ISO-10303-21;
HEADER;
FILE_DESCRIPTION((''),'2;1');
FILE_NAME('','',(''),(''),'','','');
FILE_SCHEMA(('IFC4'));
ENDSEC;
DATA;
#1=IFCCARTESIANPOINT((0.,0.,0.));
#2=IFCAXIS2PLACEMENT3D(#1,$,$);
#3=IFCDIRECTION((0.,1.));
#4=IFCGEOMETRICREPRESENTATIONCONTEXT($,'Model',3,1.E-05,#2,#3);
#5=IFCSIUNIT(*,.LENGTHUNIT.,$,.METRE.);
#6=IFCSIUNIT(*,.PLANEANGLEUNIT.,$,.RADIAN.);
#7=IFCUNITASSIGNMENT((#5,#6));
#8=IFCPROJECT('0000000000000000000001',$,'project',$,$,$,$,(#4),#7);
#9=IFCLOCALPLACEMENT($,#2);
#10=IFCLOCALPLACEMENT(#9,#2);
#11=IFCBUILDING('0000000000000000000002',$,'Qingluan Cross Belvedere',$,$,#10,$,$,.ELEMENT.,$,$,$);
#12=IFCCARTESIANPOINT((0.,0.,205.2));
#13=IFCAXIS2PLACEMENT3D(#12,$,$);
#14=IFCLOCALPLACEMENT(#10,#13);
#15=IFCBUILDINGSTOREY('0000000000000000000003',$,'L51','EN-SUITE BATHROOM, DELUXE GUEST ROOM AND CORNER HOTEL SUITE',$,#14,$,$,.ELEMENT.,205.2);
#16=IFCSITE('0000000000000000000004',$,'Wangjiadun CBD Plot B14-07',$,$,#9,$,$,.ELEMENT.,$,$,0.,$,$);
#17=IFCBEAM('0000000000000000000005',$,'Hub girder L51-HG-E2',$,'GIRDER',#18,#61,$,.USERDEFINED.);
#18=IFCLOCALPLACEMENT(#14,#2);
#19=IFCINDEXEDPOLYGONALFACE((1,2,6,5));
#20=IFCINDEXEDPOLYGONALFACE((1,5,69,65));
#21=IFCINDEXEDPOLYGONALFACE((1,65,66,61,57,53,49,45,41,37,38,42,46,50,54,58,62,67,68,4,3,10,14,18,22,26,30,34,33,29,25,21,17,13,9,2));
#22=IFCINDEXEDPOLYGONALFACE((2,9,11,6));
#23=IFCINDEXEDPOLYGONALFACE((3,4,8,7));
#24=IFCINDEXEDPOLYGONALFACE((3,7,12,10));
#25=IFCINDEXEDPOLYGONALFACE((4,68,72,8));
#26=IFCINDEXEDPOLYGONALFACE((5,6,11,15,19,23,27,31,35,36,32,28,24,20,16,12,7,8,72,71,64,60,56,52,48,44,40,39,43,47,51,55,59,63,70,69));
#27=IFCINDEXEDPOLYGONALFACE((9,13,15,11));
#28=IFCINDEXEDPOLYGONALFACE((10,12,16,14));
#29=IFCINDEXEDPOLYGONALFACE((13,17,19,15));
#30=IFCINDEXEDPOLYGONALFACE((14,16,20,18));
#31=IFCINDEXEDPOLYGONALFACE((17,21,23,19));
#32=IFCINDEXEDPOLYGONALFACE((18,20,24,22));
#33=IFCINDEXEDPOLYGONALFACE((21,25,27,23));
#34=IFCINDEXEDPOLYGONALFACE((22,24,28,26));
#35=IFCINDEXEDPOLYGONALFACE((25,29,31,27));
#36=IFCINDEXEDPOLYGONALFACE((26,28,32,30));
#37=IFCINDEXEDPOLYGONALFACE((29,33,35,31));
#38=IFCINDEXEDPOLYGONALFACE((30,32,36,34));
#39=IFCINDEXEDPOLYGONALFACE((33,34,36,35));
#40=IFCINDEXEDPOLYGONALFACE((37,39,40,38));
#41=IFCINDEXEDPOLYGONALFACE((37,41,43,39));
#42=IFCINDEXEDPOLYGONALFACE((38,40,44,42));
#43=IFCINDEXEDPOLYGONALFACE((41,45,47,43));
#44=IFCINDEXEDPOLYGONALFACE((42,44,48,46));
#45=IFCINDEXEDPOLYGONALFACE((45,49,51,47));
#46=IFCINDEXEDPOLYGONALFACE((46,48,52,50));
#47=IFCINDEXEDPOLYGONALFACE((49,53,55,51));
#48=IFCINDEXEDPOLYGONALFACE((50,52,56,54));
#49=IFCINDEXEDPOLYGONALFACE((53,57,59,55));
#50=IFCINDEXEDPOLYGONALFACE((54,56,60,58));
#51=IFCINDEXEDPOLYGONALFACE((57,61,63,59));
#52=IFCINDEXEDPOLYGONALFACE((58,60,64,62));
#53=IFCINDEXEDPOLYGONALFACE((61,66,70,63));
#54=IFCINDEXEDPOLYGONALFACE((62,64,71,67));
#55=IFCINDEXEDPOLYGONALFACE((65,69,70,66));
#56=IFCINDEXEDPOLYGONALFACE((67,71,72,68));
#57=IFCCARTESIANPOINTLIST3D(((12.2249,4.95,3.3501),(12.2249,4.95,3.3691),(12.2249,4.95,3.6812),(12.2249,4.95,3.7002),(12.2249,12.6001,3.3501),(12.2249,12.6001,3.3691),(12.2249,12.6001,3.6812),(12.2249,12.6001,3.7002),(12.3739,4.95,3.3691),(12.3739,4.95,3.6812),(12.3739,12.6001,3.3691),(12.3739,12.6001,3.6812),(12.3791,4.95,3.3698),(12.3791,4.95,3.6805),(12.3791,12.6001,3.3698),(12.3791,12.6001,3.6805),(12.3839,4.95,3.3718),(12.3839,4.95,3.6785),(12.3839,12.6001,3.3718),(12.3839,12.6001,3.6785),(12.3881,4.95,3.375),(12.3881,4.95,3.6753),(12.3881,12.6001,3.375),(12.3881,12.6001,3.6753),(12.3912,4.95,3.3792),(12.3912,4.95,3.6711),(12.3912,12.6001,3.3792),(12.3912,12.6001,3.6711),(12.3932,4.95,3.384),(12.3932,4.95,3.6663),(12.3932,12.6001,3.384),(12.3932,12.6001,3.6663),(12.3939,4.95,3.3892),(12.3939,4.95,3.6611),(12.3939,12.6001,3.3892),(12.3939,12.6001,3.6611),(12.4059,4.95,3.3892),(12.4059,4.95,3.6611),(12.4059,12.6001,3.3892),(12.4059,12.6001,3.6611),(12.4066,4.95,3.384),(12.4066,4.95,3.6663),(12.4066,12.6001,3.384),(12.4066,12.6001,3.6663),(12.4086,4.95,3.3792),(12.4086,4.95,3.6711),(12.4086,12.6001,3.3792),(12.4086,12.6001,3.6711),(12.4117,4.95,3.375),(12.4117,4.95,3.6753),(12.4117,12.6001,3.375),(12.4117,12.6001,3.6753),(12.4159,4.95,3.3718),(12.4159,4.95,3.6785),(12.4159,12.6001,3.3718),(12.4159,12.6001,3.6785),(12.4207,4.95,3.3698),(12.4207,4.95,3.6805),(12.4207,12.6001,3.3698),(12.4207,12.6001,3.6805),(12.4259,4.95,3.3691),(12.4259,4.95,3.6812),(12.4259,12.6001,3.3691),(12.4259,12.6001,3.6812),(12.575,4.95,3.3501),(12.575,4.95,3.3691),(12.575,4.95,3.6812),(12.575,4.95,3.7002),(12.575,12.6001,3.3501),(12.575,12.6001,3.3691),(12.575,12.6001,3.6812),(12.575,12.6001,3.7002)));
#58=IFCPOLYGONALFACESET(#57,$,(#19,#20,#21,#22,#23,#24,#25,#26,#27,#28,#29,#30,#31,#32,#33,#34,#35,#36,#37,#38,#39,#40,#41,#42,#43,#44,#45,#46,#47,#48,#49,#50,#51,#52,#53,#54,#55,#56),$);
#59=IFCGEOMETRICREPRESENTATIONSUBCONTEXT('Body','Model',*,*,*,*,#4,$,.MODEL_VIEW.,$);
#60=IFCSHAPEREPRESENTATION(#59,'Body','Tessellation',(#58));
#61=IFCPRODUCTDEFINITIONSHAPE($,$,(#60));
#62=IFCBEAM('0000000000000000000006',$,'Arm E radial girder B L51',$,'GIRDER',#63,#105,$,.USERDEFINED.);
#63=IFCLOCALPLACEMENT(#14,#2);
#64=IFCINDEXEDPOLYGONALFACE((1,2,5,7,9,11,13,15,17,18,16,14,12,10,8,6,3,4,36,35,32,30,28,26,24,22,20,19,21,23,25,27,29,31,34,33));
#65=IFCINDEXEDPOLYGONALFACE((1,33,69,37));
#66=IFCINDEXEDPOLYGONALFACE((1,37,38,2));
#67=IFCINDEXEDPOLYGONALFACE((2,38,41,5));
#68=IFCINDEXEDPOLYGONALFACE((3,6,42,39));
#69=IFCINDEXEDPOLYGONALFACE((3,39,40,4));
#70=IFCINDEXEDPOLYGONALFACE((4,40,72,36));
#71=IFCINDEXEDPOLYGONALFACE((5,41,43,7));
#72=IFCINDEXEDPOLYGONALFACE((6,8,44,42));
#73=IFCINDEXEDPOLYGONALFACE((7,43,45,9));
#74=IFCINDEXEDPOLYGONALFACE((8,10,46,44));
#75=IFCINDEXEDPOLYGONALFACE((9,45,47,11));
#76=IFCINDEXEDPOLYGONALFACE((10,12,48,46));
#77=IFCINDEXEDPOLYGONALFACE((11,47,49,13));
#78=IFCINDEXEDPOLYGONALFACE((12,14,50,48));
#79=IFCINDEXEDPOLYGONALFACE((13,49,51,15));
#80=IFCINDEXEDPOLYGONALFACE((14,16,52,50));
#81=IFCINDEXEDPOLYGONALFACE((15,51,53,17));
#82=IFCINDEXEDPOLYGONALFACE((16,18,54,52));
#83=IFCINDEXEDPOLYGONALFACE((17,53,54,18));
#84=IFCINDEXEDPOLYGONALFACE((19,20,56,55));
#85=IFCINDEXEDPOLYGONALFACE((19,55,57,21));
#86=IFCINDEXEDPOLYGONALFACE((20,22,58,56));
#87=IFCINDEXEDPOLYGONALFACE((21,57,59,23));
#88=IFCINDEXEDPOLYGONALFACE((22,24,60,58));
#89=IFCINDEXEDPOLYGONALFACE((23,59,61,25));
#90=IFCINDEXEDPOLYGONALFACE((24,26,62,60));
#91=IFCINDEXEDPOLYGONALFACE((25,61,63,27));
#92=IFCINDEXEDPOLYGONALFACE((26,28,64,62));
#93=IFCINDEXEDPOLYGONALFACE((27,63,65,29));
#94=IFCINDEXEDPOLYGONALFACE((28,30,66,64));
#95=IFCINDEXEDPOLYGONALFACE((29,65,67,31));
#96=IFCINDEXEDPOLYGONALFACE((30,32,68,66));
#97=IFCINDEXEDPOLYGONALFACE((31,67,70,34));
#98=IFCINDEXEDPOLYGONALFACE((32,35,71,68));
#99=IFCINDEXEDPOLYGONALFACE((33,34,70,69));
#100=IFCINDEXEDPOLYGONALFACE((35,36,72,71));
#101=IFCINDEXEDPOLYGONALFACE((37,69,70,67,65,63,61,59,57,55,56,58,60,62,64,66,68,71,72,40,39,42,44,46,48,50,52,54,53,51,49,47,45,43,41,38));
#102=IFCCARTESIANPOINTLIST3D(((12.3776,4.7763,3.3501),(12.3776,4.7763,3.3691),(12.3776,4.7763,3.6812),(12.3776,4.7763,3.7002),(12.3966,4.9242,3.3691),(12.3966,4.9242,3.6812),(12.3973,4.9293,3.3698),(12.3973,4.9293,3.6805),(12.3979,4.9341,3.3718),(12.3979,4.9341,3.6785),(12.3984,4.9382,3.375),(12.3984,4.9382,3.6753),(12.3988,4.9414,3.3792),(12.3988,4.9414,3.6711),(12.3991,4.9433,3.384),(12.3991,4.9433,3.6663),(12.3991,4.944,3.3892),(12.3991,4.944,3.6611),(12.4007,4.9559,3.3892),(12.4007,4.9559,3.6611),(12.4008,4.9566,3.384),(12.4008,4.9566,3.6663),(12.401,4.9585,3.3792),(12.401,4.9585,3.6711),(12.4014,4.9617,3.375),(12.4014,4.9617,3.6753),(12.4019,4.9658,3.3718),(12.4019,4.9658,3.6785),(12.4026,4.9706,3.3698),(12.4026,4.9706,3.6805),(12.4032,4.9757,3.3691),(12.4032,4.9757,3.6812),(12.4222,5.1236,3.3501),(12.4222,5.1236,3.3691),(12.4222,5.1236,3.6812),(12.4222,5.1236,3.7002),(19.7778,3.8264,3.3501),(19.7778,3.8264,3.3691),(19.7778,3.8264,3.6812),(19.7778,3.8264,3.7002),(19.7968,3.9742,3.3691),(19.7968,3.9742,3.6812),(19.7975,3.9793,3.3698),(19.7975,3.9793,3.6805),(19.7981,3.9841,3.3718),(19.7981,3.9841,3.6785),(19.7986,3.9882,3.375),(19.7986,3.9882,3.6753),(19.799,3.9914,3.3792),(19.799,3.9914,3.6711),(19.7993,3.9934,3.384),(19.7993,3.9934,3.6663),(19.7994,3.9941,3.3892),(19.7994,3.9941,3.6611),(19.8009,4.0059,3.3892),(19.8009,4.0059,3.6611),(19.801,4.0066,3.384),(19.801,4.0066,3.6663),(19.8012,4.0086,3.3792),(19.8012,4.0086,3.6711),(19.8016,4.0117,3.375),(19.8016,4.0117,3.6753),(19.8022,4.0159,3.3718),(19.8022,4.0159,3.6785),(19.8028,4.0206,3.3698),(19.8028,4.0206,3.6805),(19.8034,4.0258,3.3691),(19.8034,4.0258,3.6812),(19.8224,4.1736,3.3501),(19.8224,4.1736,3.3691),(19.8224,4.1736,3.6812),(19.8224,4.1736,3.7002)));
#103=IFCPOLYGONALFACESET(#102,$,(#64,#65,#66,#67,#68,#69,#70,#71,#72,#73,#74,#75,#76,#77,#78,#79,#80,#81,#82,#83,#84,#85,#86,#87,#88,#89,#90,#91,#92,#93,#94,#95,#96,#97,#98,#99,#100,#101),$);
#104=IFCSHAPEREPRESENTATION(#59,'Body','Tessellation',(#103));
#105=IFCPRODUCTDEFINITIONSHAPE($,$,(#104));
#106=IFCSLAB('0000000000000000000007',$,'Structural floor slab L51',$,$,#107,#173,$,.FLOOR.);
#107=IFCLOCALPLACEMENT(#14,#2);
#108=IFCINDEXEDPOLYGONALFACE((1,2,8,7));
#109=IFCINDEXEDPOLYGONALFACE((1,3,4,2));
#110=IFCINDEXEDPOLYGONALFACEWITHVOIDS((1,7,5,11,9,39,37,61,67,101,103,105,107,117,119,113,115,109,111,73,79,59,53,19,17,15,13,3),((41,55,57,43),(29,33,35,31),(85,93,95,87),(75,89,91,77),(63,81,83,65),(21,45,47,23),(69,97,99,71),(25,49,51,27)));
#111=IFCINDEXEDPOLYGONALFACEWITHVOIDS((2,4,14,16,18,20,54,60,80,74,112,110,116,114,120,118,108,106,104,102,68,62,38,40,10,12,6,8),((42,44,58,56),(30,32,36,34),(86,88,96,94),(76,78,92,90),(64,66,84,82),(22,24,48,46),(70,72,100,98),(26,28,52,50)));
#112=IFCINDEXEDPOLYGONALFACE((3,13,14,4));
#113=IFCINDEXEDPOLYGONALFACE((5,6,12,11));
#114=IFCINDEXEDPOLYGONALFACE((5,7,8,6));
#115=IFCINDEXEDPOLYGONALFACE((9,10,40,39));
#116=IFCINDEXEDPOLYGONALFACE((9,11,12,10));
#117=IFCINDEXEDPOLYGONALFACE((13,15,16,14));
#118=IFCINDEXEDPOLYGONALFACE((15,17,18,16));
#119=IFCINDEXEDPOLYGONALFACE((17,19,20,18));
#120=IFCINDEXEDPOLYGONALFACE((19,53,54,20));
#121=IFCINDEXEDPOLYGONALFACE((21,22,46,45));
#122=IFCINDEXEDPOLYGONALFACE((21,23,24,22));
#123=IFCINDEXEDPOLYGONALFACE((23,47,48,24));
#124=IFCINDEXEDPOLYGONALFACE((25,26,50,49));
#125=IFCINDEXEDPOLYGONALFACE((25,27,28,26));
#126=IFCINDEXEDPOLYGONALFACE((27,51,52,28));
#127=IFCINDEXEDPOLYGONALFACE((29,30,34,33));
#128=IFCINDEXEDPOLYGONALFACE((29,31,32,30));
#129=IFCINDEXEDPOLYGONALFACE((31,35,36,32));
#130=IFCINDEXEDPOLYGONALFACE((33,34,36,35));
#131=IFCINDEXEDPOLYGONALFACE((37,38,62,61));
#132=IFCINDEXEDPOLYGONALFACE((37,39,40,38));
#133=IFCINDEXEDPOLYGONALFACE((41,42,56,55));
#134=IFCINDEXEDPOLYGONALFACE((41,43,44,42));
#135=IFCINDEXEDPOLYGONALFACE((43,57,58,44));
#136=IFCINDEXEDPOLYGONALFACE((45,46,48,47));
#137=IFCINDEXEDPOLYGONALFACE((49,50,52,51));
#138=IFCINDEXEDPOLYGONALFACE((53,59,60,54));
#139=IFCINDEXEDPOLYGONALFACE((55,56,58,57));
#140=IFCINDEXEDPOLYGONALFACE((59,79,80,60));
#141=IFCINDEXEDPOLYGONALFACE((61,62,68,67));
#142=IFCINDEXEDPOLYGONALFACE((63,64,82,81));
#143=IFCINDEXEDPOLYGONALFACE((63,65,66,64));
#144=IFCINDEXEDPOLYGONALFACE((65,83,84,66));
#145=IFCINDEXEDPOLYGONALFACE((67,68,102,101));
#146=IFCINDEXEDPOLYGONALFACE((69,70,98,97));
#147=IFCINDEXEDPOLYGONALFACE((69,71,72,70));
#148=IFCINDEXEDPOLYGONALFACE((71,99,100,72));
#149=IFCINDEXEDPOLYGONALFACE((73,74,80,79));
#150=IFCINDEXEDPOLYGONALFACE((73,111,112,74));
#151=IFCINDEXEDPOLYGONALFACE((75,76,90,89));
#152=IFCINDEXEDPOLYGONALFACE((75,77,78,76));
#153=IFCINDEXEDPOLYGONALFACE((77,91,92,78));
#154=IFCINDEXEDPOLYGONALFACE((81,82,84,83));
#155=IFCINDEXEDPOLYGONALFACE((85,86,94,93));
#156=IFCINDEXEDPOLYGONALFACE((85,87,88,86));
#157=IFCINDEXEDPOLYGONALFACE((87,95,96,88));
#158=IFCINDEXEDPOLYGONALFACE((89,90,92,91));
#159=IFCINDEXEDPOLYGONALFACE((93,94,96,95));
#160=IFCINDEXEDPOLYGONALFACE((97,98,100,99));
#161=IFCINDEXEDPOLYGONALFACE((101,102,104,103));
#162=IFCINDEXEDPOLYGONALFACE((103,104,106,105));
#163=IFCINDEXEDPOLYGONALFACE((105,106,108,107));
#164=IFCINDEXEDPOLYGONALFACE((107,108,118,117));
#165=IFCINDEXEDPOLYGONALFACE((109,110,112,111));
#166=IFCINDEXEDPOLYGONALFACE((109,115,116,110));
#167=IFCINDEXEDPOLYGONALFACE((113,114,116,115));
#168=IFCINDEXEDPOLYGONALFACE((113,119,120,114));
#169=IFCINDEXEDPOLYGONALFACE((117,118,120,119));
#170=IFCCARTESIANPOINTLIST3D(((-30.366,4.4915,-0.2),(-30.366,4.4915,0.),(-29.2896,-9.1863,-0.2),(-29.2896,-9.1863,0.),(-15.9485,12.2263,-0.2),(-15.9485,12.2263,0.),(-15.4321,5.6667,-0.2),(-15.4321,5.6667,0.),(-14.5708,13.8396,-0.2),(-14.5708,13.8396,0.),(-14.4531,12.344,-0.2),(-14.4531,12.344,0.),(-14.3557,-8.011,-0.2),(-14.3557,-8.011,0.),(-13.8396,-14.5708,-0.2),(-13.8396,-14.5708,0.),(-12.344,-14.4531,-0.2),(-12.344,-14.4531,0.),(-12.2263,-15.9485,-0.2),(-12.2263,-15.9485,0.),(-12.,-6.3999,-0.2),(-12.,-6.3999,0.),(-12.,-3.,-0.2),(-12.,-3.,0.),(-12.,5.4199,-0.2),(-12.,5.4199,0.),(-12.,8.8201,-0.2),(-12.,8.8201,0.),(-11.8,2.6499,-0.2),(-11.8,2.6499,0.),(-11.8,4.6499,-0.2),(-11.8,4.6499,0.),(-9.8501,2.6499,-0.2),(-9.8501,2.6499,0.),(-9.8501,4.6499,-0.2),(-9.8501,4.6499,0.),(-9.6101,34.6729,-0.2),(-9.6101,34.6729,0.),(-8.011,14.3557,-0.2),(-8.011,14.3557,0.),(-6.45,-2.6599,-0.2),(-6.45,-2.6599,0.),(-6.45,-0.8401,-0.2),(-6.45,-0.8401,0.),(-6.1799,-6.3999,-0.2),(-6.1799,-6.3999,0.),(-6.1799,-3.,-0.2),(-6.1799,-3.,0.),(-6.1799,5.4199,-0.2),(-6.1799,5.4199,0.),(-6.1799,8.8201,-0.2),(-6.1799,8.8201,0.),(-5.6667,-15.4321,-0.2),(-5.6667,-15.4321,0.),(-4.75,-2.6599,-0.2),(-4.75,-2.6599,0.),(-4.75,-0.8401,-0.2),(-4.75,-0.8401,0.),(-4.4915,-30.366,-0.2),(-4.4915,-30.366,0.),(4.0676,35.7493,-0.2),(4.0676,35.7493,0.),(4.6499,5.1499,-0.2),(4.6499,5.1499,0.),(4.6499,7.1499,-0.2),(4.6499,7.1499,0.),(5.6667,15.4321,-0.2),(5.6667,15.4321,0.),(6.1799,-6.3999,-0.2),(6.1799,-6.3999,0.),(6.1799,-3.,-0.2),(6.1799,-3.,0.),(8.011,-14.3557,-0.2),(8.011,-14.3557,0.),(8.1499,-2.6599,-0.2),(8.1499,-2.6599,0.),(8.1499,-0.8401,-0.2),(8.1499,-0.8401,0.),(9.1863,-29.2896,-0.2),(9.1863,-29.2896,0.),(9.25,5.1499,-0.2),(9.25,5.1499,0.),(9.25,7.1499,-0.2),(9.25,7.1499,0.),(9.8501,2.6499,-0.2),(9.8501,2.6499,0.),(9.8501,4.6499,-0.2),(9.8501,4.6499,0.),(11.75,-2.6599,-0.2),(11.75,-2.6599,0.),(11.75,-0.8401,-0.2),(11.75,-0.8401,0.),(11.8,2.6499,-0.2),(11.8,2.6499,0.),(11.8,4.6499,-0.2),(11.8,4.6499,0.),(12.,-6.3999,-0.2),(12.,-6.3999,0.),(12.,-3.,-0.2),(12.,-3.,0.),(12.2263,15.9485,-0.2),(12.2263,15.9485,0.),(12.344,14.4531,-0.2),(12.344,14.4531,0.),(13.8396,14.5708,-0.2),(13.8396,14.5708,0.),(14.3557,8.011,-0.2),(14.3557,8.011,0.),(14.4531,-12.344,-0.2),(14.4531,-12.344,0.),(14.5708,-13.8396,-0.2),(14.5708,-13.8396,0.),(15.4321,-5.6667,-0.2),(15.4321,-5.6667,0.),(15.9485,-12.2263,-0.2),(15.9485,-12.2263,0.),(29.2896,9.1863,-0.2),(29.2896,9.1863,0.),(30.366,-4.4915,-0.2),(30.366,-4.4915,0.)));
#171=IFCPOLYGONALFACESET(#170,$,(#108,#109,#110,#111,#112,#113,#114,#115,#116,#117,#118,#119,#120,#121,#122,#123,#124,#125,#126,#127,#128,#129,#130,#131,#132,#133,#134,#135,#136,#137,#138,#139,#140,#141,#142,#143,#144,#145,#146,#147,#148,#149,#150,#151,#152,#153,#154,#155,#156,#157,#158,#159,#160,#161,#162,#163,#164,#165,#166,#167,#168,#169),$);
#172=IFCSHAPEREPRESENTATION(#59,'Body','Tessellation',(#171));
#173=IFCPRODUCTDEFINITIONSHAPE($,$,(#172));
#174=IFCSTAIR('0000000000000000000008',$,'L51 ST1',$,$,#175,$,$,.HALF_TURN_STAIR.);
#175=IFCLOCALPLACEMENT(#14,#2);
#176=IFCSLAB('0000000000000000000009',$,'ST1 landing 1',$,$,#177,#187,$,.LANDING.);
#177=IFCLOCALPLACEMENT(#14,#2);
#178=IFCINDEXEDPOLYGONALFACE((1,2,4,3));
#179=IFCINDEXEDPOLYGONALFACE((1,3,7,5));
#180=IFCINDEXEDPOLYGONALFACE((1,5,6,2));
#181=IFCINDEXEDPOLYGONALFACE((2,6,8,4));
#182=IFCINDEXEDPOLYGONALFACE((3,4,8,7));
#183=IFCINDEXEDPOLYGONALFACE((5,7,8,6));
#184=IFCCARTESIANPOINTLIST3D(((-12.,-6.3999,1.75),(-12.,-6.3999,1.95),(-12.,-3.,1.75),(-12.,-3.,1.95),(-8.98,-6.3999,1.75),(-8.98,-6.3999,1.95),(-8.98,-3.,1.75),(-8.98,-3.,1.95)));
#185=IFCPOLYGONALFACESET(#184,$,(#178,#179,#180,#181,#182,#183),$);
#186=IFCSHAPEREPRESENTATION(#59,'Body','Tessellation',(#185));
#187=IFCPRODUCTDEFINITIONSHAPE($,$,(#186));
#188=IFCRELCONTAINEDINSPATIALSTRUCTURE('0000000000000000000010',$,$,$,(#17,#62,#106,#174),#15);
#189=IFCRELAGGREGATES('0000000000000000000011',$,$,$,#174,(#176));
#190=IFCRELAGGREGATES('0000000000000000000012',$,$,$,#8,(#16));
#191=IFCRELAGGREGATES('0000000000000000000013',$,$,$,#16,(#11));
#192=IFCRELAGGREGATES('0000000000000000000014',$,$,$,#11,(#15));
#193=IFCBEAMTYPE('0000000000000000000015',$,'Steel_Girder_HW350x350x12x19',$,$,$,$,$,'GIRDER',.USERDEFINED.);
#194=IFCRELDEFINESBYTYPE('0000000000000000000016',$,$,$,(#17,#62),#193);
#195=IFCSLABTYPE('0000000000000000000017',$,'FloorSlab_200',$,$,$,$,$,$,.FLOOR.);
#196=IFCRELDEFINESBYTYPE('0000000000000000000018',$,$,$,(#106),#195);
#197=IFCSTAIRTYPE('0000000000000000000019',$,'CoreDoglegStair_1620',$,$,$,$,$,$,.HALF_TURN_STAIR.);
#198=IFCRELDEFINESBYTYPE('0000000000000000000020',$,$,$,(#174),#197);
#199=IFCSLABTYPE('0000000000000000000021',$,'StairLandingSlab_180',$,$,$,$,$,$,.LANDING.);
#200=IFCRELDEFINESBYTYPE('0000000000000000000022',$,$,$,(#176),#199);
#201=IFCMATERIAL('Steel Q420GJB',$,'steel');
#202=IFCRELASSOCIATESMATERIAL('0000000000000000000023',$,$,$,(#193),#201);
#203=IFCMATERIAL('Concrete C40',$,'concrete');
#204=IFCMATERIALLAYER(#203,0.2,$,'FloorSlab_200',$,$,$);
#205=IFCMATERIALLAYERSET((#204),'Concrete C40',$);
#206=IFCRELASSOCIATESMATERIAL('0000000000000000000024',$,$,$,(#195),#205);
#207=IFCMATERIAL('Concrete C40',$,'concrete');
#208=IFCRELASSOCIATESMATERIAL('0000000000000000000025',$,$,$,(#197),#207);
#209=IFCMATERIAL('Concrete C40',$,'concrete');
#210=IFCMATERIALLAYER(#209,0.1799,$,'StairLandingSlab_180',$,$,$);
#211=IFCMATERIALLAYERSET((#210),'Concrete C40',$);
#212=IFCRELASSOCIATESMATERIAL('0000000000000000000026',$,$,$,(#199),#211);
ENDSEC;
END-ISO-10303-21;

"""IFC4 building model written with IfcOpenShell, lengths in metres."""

from ifc_helpers import new_model, si_unit, direction, frame, origin, origin_2d, place, context, subcontext, project, spatial, polyline, i_section, outline, extrude, material, layer, layer_set, material_profile, profile_set, type_object, element, aggregate, save


model = new_model("IFC4")

# Units and contexts
model_context = context("Model", 3, precision=1e-05, world=origin(), true_north=direction((0.0, 1.0)))
body_context = subcontext(model_context, "Body", "Model", "MODEL_VIEW")
ifc_project = project(units=[si_unit("LENGTHUNIT", "METRE"), si_unit("PLANEANGLEUNIT", "RADIAN")], contexts=[model_context])

# Site, building, storey
site_placement = place(None, origin())
site = spatial("IfcSite", under=ifc_project, at=site_placement, Name="Wangjiadun CBD Plot B14-07", CompositionType="ELEMENT", RefElevation=0.0)
building_placement = place(site_placement, origin())
building = spatial("IfcBuilding", under=site, at=building_placement, Name="Qingluan Cross Belvedere", CompositionType="ELEMENT")
storey_placement = place(building_placement, frame((0.0, 0.0, 205.2)))
storey = spatial("IfcBuildingStorey", under=building, at=storey_placement, Name="L51", Description="EN-SUITE BATHROOM, DELUXE GUEST ROOM AND CORNER HOTEL SUITE", CompositionType="ELEMENT", Elevation=205.2)

# Beams
ifc_material_1 = material(Name="Steel Q420GJB", Category="steel")
ifc_material_profile = material_profile(ifc_material_1, i_section(OverallWidth=0.3501, OverallDepth=0.3501, WebThickness=0.012, FlangeThickness=0.019, FilletRadius=0.02, at=origin_2d()), Name="HW350x350x12x19")
ifc_profile_set = profile_set([ifc_material_profile], Name="Steel Q420GJB")
beam_type = type_object("IfcBeamType", Name="Steel_Girder_HW350x350x12x19", ElementType="GIRDER", PredefinedType="USERDEFINED", material=ifc_profile_set)
beam_1_placement = place(storey_placement, frame((12.3999, 4.95, 3.5251), z_axis=(0.0, 1.0, 0.0), x_axis=(-1.0, 0.0, 0.0)))
element("IfcBeam", 1, at=beam_1_placement, inside=storey, type_object=beam_type, Name="Hub girder L51-HG-E2", ObjectType="GIRDER", PredefinedType="USERDEFINED", context=body_context, shape_type="SweptSolid", body=[
    extrude(i_section(OverallWidth=0.3501, OverallDepth=0.3501, WebThickness=0.012, FlangeThickness=0.019, FilletRadius=0.02, at=origin_2d()), origin(), (0.0, 0.0, 1.0), 7.6501),
])
beam_2_placement = place(storey_placement, frame((12.3999, 4.95, 3.5251), z_axis=(0.991861, -0.127324, 0.0), x_axis=(0.127324, 0.991861, 0.0)))
element("IfcBeam", 2, at=beam_2_placement, inside=storey, type_object=beam_type, Name="Arm E radial girder B L51", ObjectType="GIRDER", PredefinedType="USERDEFINED", context=body_context, shape_type="SweptSolid", body=[
    extrude(i_section(OverallWidth=0.3501, OverallDepth=0.3501, WebThickness=0.012, FlangeThickness=0.019, FilletRadius=0.02, at=origin_2d()), origin(), (0.0, 0.0, 1.0), 7.4609),
])

# Slab
ifc_material_2 = material(Name="Concrete C40", Category="concrete")
ifc_layer_1 = layer(ifc_material_2, 0.2, Name="FloorSlab_200")
ifc_layer_set_1 = layer_set([ifc_layer_1], Name="Concrete C40")
slab_type_1 = type_object("IfcSlabType", Name="FloorSlab_200", PredefinedType="FLOOR", material=ifc_layer_set_1)
slab_1_placement = place(storey_placement, frame((0.0, 0.0, -0.2)))
element("IfcSlab", 3, at=slab_1_placement, inside=storey, type_object=slab_type_1, Name="Structural floor slab L51", PredefinedType="FLOOR", context=body_context, shape_type="SweptSolid", body=[
    extrude(outline(polyline([(9.1863, -29.2896), (8.011, -14.3557), (14.5708, -13.8396), (14.4531, -12.344), (15.9485, -12.2263), (15.4321, -5.6667), (30.366, -4.4915), (29.2896, 9.1863), (14.3557, 8.011), (13.8396, 14.5708), (12.344, 14.4531), (12.2263, 15.9485), (5.6667, 15.4321), (4.0676, 35.7493), (-9.6101, 34.6729), (-8.011, 14.3557), (-14.5708, 13.8396), (-14.4531, 12.344), (-15.9485, 12.2263), (-15.4321, 5.6667), (-30.366, 4.4915), (-29.2896, -9.1863), (-14.3557, -8.011), (-13.8396, -14.5708), (-12.344, -14.4531), (-12.2263, -15.9485), (-5.6667, -15.4321), (-4.4915, -30.366), (9.1863, -29.2896)]), holes=[polyline([(-12.0, -3.0), (-6.1799, -3.0), (-6.1799, -6.3999), (-12.0, -6.3999), (-12.0, -3.0)]), polyline([(6.1799, -3.0), (12.0, -3.0), (12.0, -6.3999), (6.1799, -6.3999), (6.1799, -3.0)]), polyline([(-12.0, 8.8201), (-6.1799, 8.8201), (-6.1799, 5.4199), (-12.0, 5.4199), (-12.0, 8.8201)]), polyline([(-11.8, 4.6499), (-9.8501, 4.6499), (-9.8501, 2.6499), (-11.8, 2.6499), (-11.8, 4.6499)]), polyline([(9.8501, 4.6499), (11.8, 4.6499), (11.8, 2.6499), (9.8501, 2.6499), (9.8501, 4.6499)]), polyline([(-6.45, -0.8401), (-4.75, -0.8401), (-4.75, -2.6599), (-6.45, -2.6599), (-6.45, -0.8401)]), polyline([(8.1499, -0.8401), (11.75, -0.8401), (11.75, -2.6599), (8.1499, -2.6599), (8.1499, -0.8401)]), polyline([(4.6499, 7.1499), (9.25, 7.1499), (9.25, 5.1499), (4.6499, 5.1499), (4.6499, 7.1499)])]), origin(), (0.0, 0.0, 1.0), 0.2),
])

# Stair, slab
ifc_material_3 = material(Name="Concrete C40", Category="concrete")
stair_type = type_object("IfcStairType", Name="CoreDoglegStair_1620", PredefinedType="HALF_TURN_STAIR", material=ifc_material_3)
stair_1_placement = place(storey_placement, origin())
stair_1 = element("IfcStair", 4, at=stair_1_placement, inside=storey, type_object=stair_type, Name="L51 ST1", PredefinedType="HALF_TURN_STAIR")
ifc_material_4 = material(Name="Concrete C40", Category="concrete")
ifc_layer_2 = layer(ifc_material_4, 0.1799, Name="StairLandingSlab_180")
ifc_layer_set_2 = layer_set([ifc_layer_2], Name="Concrete C40")
slab_type_2 = type_object("IfcSlabType", Name="StairLandingSlab_180", PredefinedType="LANDING", material=ifc_layer_set_2)
slab_2_placement = place(storey_placement, frame((0.0, 0.0, 1.75)))
slab_2 = element("IfcSlab", 5, at=slab_2_placement, type_object=slab_type_2, Name="ST1 landing 1", PredefinedType="LANDING", context=body_context, shape_type="SweptSolid", body=[
    extrude(outline(polyline([(-8.98, -3.0), (-12.0, -3.0), (-12.0, -6.3999), (-8.98, -6.3999), (-8.98, -3.0)])), origin(), (0.0, 0.0, 1.0), 0.2),
])
aggregate(stair_1, [slab_2])

save(model, "model.ifc")
